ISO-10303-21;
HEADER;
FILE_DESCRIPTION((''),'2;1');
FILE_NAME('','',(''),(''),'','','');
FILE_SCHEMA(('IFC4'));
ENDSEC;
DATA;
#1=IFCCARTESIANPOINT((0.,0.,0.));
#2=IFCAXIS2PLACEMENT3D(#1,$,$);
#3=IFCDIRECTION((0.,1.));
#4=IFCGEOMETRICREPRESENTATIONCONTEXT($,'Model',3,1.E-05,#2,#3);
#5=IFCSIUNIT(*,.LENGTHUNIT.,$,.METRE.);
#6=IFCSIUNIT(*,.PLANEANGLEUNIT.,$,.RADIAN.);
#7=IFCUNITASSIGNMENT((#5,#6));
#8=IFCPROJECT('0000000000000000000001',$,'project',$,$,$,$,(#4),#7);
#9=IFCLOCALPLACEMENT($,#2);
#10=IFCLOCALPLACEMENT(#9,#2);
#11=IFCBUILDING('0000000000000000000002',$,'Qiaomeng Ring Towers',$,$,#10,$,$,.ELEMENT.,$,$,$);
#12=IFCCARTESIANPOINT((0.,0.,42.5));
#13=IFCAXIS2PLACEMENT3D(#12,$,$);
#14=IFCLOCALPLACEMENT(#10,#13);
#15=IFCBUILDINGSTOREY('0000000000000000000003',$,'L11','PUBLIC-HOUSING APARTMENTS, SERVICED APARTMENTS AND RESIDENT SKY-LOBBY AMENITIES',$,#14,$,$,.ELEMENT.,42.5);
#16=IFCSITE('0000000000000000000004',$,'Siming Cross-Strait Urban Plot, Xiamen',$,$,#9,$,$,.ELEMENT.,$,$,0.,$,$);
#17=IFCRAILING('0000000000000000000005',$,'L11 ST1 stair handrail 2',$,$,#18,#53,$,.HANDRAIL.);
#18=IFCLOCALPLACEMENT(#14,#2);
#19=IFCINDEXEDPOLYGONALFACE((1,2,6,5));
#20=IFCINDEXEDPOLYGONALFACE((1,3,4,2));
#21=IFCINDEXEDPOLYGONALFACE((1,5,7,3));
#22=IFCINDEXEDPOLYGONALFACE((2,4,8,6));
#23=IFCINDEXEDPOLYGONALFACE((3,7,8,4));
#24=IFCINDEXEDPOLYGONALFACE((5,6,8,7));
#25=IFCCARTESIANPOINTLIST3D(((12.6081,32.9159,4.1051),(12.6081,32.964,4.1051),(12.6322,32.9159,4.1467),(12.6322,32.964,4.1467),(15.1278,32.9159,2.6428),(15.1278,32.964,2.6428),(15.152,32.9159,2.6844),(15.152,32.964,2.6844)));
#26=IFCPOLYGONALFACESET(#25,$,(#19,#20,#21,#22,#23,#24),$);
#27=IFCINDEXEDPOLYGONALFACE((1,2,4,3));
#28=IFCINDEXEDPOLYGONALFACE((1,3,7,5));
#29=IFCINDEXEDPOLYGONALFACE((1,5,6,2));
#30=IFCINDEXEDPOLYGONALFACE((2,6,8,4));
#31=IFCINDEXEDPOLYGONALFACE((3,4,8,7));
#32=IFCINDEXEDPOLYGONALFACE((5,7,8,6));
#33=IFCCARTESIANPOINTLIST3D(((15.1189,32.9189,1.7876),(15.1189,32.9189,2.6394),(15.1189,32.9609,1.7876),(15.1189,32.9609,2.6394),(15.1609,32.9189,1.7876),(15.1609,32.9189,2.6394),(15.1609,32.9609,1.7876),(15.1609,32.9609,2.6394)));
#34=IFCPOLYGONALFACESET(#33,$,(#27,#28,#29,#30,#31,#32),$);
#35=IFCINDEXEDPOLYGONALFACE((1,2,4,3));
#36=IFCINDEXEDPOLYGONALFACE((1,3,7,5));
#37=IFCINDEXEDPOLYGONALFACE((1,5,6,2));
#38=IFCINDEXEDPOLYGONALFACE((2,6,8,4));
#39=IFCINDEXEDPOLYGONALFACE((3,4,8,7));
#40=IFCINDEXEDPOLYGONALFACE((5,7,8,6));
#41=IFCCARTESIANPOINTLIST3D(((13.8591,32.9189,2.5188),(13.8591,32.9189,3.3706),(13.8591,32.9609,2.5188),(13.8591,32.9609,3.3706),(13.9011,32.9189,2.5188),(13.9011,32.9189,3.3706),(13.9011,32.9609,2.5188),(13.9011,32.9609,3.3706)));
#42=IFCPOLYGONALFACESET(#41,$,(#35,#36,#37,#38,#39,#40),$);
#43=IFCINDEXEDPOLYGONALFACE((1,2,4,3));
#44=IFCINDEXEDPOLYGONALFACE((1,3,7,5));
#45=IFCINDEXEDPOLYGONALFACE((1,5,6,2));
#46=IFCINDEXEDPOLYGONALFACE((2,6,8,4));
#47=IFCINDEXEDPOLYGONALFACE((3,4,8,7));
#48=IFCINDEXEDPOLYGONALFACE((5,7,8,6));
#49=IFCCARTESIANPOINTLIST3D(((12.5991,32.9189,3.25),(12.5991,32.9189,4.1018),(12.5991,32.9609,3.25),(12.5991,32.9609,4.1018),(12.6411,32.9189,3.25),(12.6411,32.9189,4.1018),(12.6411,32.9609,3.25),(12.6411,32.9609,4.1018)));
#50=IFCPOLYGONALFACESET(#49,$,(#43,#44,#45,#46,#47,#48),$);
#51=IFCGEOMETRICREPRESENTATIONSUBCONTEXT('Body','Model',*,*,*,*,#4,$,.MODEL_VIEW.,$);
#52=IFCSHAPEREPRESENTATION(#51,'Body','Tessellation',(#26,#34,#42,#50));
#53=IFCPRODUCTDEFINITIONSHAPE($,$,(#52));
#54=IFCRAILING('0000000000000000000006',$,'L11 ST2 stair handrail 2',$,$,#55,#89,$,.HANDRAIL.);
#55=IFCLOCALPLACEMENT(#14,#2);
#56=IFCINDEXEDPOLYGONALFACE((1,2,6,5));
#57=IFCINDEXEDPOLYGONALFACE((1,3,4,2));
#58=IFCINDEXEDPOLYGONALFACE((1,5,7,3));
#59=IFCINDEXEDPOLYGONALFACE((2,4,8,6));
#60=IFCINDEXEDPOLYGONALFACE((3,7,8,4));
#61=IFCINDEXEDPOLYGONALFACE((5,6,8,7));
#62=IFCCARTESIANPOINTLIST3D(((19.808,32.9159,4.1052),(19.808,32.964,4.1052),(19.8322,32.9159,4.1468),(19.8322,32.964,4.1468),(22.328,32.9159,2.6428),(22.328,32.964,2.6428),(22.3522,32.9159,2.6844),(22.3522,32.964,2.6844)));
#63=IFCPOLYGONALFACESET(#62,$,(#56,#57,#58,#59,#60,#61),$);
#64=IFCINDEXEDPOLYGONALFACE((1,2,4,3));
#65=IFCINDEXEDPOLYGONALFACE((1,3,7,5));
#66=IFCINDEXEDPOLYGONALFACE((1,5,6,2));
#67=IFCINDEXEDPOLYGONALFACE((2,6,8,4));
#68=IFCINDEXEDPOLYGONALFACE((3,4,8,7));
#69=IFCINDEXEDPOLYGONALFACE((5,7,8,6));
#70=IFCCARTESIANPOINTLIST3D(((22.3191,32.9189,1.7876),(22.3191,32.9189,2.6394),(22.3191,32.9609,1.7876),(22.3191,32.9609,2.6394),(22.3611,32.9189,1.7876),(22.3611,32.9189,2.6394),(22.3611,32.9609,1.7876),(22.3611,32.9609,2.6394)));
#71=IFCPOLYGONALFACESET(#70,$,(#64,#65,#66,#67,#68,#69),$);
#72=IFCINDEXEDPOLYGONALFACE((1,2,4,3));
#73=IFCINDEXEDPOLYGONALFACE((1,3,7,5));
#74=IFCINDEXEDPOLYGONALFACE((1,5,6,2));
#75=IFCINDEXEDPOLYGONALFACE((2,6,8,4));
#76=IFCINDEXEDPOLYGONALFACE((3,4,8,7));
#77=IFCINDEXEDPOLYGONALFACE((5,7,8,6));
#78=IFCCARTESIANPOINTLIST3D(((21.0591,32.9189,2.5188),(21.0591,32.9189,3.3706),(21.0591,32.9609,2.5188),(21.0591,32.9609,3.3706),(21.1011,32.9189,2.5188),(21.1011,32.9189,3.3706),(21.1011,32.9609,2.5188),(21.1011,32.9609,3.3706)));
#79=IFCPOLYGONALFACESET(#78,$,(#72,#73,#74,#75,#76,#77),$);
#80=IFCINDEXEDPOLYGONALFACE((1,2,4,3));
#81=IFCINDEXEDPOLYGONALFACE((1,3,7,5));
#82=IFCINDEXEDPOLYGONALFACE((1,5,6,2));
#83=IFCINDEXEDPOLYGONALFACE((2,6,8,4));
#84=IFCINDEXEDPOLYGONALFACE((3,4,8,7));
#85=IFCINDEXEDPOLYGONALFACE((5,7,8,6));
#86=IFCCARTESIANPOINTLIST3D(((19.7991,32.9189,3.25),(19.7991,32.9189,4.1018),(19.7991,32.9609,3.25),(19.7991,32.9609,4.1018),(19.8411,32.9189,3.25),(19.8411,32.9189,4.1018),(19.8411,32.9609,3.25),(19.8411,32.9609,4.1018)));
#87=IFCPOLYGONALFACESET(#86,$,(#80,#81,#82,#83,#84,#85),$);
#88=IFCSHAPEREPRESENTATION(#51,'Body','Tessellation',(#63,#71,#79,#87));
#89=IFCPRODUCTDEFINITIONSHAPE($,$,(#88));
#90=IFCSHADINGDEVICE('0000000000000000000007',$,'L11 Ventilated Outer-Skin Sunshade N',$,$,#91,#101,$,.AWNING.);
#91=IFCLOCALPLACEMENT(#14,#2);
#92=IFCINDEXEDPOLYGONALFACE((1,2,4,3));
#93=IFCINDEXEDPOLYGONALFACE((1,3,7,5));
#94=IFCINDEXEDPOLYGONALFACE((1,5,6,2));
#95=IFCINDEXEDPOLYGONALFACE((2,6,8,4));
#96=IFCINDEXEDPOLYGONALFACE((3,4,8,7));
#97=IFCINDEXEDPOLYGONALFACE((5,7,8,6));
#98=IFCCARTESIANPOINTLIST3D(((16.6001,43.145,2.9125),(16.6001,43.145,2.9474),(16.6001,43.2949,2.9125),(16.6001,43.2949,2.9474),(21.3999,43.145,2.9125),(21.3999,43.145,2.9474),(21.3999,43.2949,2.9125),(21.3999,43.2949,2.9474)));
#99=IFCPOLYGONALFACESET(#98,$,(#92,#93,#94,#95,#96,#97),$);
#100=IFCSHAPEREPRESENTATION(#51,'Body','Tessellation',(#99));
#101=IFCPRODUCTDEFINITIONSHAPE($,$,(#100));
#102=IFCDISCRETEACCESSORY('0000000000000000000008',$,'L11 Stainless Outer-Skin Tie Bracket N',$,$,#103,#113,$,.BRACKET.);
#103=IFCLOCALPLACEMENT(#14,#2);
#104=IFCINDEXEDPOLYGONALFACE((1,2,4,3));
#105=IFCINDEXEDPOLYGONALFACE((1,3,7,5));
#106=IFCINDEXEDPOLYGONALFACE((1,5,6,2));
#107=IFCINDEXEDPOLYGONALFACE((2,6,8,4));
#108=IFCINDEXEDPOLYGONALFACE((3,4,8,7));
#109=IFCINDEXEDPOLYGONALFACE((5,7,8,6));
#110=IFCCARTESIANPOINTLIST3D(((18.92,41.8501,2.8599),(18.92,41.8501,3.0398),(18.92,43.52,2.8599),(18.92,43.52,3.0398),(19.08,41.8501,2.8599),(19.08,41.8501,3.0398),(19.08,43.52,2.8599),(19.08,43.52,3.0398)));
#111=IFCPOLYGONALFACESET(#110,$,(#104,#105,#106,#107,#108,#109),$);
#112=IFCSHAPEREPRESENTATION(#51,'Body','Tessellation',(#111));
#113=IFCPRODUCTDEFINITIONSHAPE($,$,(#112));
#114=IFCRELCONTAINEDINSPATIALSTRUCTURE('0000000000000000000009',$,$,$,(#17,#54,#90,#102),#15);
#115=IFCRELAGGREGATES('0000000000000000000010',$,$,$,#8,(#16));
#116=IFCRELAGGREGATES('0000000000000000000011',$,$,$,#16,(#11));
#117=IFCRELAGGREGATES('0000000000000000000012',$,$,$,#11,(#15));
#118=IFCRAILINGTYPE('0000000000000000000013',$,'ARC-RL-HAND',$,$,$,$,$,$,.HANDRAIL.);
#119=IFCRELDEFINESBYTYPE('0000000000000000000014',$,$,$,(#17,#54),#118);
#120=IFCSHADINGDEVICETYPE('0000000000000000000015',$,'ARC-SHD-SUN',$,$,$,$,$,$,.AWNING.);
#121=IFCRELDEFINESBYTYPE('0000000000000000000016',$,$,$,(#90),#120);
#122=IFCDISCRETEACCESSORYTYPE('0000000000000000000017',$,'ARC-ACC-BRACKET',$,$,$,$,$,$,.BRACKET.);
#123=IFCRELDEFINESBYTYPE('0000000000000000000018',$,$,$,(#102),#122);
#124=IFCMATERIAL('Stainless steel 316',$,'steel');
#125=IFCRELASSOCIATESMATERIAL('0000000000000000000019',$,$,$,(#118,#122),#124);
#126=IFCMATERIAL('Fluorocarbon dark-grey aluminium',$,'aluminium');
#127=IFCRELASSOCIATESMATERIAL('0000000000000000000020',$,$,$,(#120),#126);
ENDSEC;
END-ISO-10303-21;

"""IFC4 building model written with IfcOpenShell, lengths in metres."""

from ifc_helpers import new_model, si_unit, direction, frame, origin, origin_2d, place, context, subcontext, project, spatial, rectangle, extrude, source, transform, mapped, material, material_profile, profile_set, type_object, element, save


model = new_model("IFC4")

# Units and contexts
model_context = context("Model", 3, precision=1e-05, world=origin(), true_north=direction((0.0, 1.0)))
body_context = subcontext(model_context, "Body", "Model", "MODEL_VIEW")
ifc_project = project(units=[si_unit("LENGTHUNIT", "METRE"), si_unit("PLANEANGLEUNIT", "RADIAN")], contexts=[model_context])

# Site, building, storey
site_placement = place(None, origin())
site = spatial("IfcSite", under=ifc_project, at=site_placement, Name="Siming Cross-Strait Urban Plot, Xiamen", CompositionType="ELEMENT", RefElevation=0.0)
building_placement = place(site_placement, origin())
building = spatial("IfcBuilding", under=site, at=building_placement, Name="Qiaomeng Ring Towers", CompositionType="ELEMENT")
storey_placement = place(building_placement, frame((0.0, 0.0, 42.5)))
storey = spatial("IfcBuildingStorey", under=building, at=storey_placement, Name="L11", Description="PUBLIC-HOUSING APARTMENTS, SERVICED APARTMENTS AND RESIDENT SKY-LOBBY AMENITIES", CompositionType="ELEMENT", Elevation=42.5)

# Railings
ifc_material_1 = material(Name="Stainless steel 316", Category="steel")
railing_type = type_object("IfcRailingType", Name="ARC-RL-HAND", PredefinedType="HANDRAIL", material=ifc_material_1)
railing_1_placement = place(storey_placement, frame((15.1399, 32.9399, 1.7876)))
element("IfcRailing", 1, at=railing_1_placement, inside=storey, type_object=railing_type, Name="L11 ST1 stair handrail 2", PredefinedType="HANDRAIL", context=body_context, shape_type="SweptSolid", body=[
    extrude(rectangle(XDim=0.0481, YDim=0.0481, at=origin_2d()), frame((0.0, 0.0, 0.876), z_axis=(-0.864892, 0.0, 0.501958), x_axis=(0.0, -1.0, 0.0)), (0.0, 0.0, 1.0), 2.9133),
    extrude(rectangle(XDim=0.042, YDim=0.042, at=origin_2d()), origin(), (0.0, 0.0, 1.0), 0.8518),
    extrude(rectangle(XDim=0.042, YDim=0.042, at=origin_2d()), frame((-1.2598, 0.0, 0.7312)), (0.0, 0.0, 1.0), 0.8518),
    extrude(rectangle(XDim=0.042, YDim=0.042, at=origin_2d()), frame((-2.5198, 0.0, 1.4624)), (0.0, 0.0, 1.0), 0.8518),
])
railing_2_placement = place(storey_placement, frame((22.3401, 32.9399, 1.7876)))
element("IfcRailing", 2, at=railing_2_placement, inside=storey, type_object=railing_type, Name="L11 ST2 stair handrail 2", PredefinedType="HANDRAIL", context=body_context, shape_type="SweptSolid", body=[
    extrude(rectangle(XDim=0.0481, YDim=0.0481, at=origin_2d()), frame((0.0, 0.0, 0.876), z_axis=(-0.864913, 0.0, 0.501921), x_axis=(0.0, -1.0, 0.0)), (0.0, 0.0, 1.0), 2.9136),
    extrude(rectangle(XDim=0.042, YDim=0.042, at=origin_2d()), origin(), (0.0, 0.0, 1.0), 0.8518),
    extrude(rectangle(XDim=0.042, YDim=0.042, at=origin_2d()), frame((-1.26, 0.0, 0.7312)), (0.0, 0.0, 1.0), 0.8518),
    extrude(rectangle(XDim=0.042, YDim=0.042, at=origin_2d()), frame((-2.52, 0.0, 1.4624)), (0.0, 0.0, 1.0), 0.8518),
])

# Shading device
ifc_material_2 = material(Name="Fluorocarbon dark-grey aluminium", Category="aluminium")
ifc_material_profile_1 = material_profile(ifc_material_2, rectangle(XDim=0.1499, YDim=0.0349, at=origin_2d()), Name="LV BLADE 150x35")
ifc_profile_set_1 = profile_set([ifc_material_profile_1], Name="Fluorocarbon dark-grey aluminium")
shading_device_type = type_object("IfcShadingDeviceType", Name="ARC-SHD-SUN", PredefinedType="AWNING", material=ifc_profile_set_1)
shared_shape_1 = source(origin(), body_context, "Body", "SweptSolid", [
    extrude(rectangle(XDim=0.1499, YDim=0.0349, at=origin_2d()), origin(), (0.0, 0.0, 1.0), 4.7998),
])
shading_device_placement = place(storey_placement, frame((16.6001, 43.22, 2.9299), z_axis=(1.0, 0.0, 0.0), x_axis=(0.0, 1.0, 0.0)))
element("IfcShadingDevice", 3, at=shading_device_placement, inside=storey, type_object=shading_device_type, Name="L11 Ventilated Outer-Skin Sunshade N", PredefinedType="AWNING", context=body_context, shape_type="MappedRepresentation", body=[
    mapped(shared_shape_1, transform((0.0, 0.0, 0.0), x_axis=(1.0, 0.0, 0.0), y_axis=(0.0, 1.0, 0.0), z_axis=(0.0, 0.0, 1.0), scale=1.0)),
])

# Discrete accessory
discrete_accessory_type = type_object("IfcDiscreteAccessoryType", Name="ARC-ACC-BRACKET", PredefinedType="BRACKET", material=ifc_material_1)
shared_shape_2 = source(origin(), body_context, "Body", "SweptSolid", [
    extrude(rectangle(XDim=0.1599, YDim=1.6699, at=origin_2d()), origin(), (0.0, 0.0, 1.0), 0.1799),
])
discrete_accessory_placement = place(storey_placement, frame((19.0, 42.6851, 2.8599), z_axis=(0.0, 0.0, 1.0), x_axis=(1.0, 0.0, 0.0)))
element("IfcDiscreteAccessory", 4, at=discrete_accessory_placement, inside=storey, type_object=discrete_accessory_type, Name="L11 Stainless Outer-Skin Tie Bracket N", PredefinedType="BRACKET", context=body_context, shape_type="MappedRepresentation", body=[
    mapped(shared_shape_2, transform((0.0, 0.0, 0.0), x_axis=(1.0, 0.0, 0.0), y_axis=(0.0, 1.0, 0.0), z_axis=(0.0, 0.0, 1.0), scale=1.0)),
])

save(model, "model.ifc")
